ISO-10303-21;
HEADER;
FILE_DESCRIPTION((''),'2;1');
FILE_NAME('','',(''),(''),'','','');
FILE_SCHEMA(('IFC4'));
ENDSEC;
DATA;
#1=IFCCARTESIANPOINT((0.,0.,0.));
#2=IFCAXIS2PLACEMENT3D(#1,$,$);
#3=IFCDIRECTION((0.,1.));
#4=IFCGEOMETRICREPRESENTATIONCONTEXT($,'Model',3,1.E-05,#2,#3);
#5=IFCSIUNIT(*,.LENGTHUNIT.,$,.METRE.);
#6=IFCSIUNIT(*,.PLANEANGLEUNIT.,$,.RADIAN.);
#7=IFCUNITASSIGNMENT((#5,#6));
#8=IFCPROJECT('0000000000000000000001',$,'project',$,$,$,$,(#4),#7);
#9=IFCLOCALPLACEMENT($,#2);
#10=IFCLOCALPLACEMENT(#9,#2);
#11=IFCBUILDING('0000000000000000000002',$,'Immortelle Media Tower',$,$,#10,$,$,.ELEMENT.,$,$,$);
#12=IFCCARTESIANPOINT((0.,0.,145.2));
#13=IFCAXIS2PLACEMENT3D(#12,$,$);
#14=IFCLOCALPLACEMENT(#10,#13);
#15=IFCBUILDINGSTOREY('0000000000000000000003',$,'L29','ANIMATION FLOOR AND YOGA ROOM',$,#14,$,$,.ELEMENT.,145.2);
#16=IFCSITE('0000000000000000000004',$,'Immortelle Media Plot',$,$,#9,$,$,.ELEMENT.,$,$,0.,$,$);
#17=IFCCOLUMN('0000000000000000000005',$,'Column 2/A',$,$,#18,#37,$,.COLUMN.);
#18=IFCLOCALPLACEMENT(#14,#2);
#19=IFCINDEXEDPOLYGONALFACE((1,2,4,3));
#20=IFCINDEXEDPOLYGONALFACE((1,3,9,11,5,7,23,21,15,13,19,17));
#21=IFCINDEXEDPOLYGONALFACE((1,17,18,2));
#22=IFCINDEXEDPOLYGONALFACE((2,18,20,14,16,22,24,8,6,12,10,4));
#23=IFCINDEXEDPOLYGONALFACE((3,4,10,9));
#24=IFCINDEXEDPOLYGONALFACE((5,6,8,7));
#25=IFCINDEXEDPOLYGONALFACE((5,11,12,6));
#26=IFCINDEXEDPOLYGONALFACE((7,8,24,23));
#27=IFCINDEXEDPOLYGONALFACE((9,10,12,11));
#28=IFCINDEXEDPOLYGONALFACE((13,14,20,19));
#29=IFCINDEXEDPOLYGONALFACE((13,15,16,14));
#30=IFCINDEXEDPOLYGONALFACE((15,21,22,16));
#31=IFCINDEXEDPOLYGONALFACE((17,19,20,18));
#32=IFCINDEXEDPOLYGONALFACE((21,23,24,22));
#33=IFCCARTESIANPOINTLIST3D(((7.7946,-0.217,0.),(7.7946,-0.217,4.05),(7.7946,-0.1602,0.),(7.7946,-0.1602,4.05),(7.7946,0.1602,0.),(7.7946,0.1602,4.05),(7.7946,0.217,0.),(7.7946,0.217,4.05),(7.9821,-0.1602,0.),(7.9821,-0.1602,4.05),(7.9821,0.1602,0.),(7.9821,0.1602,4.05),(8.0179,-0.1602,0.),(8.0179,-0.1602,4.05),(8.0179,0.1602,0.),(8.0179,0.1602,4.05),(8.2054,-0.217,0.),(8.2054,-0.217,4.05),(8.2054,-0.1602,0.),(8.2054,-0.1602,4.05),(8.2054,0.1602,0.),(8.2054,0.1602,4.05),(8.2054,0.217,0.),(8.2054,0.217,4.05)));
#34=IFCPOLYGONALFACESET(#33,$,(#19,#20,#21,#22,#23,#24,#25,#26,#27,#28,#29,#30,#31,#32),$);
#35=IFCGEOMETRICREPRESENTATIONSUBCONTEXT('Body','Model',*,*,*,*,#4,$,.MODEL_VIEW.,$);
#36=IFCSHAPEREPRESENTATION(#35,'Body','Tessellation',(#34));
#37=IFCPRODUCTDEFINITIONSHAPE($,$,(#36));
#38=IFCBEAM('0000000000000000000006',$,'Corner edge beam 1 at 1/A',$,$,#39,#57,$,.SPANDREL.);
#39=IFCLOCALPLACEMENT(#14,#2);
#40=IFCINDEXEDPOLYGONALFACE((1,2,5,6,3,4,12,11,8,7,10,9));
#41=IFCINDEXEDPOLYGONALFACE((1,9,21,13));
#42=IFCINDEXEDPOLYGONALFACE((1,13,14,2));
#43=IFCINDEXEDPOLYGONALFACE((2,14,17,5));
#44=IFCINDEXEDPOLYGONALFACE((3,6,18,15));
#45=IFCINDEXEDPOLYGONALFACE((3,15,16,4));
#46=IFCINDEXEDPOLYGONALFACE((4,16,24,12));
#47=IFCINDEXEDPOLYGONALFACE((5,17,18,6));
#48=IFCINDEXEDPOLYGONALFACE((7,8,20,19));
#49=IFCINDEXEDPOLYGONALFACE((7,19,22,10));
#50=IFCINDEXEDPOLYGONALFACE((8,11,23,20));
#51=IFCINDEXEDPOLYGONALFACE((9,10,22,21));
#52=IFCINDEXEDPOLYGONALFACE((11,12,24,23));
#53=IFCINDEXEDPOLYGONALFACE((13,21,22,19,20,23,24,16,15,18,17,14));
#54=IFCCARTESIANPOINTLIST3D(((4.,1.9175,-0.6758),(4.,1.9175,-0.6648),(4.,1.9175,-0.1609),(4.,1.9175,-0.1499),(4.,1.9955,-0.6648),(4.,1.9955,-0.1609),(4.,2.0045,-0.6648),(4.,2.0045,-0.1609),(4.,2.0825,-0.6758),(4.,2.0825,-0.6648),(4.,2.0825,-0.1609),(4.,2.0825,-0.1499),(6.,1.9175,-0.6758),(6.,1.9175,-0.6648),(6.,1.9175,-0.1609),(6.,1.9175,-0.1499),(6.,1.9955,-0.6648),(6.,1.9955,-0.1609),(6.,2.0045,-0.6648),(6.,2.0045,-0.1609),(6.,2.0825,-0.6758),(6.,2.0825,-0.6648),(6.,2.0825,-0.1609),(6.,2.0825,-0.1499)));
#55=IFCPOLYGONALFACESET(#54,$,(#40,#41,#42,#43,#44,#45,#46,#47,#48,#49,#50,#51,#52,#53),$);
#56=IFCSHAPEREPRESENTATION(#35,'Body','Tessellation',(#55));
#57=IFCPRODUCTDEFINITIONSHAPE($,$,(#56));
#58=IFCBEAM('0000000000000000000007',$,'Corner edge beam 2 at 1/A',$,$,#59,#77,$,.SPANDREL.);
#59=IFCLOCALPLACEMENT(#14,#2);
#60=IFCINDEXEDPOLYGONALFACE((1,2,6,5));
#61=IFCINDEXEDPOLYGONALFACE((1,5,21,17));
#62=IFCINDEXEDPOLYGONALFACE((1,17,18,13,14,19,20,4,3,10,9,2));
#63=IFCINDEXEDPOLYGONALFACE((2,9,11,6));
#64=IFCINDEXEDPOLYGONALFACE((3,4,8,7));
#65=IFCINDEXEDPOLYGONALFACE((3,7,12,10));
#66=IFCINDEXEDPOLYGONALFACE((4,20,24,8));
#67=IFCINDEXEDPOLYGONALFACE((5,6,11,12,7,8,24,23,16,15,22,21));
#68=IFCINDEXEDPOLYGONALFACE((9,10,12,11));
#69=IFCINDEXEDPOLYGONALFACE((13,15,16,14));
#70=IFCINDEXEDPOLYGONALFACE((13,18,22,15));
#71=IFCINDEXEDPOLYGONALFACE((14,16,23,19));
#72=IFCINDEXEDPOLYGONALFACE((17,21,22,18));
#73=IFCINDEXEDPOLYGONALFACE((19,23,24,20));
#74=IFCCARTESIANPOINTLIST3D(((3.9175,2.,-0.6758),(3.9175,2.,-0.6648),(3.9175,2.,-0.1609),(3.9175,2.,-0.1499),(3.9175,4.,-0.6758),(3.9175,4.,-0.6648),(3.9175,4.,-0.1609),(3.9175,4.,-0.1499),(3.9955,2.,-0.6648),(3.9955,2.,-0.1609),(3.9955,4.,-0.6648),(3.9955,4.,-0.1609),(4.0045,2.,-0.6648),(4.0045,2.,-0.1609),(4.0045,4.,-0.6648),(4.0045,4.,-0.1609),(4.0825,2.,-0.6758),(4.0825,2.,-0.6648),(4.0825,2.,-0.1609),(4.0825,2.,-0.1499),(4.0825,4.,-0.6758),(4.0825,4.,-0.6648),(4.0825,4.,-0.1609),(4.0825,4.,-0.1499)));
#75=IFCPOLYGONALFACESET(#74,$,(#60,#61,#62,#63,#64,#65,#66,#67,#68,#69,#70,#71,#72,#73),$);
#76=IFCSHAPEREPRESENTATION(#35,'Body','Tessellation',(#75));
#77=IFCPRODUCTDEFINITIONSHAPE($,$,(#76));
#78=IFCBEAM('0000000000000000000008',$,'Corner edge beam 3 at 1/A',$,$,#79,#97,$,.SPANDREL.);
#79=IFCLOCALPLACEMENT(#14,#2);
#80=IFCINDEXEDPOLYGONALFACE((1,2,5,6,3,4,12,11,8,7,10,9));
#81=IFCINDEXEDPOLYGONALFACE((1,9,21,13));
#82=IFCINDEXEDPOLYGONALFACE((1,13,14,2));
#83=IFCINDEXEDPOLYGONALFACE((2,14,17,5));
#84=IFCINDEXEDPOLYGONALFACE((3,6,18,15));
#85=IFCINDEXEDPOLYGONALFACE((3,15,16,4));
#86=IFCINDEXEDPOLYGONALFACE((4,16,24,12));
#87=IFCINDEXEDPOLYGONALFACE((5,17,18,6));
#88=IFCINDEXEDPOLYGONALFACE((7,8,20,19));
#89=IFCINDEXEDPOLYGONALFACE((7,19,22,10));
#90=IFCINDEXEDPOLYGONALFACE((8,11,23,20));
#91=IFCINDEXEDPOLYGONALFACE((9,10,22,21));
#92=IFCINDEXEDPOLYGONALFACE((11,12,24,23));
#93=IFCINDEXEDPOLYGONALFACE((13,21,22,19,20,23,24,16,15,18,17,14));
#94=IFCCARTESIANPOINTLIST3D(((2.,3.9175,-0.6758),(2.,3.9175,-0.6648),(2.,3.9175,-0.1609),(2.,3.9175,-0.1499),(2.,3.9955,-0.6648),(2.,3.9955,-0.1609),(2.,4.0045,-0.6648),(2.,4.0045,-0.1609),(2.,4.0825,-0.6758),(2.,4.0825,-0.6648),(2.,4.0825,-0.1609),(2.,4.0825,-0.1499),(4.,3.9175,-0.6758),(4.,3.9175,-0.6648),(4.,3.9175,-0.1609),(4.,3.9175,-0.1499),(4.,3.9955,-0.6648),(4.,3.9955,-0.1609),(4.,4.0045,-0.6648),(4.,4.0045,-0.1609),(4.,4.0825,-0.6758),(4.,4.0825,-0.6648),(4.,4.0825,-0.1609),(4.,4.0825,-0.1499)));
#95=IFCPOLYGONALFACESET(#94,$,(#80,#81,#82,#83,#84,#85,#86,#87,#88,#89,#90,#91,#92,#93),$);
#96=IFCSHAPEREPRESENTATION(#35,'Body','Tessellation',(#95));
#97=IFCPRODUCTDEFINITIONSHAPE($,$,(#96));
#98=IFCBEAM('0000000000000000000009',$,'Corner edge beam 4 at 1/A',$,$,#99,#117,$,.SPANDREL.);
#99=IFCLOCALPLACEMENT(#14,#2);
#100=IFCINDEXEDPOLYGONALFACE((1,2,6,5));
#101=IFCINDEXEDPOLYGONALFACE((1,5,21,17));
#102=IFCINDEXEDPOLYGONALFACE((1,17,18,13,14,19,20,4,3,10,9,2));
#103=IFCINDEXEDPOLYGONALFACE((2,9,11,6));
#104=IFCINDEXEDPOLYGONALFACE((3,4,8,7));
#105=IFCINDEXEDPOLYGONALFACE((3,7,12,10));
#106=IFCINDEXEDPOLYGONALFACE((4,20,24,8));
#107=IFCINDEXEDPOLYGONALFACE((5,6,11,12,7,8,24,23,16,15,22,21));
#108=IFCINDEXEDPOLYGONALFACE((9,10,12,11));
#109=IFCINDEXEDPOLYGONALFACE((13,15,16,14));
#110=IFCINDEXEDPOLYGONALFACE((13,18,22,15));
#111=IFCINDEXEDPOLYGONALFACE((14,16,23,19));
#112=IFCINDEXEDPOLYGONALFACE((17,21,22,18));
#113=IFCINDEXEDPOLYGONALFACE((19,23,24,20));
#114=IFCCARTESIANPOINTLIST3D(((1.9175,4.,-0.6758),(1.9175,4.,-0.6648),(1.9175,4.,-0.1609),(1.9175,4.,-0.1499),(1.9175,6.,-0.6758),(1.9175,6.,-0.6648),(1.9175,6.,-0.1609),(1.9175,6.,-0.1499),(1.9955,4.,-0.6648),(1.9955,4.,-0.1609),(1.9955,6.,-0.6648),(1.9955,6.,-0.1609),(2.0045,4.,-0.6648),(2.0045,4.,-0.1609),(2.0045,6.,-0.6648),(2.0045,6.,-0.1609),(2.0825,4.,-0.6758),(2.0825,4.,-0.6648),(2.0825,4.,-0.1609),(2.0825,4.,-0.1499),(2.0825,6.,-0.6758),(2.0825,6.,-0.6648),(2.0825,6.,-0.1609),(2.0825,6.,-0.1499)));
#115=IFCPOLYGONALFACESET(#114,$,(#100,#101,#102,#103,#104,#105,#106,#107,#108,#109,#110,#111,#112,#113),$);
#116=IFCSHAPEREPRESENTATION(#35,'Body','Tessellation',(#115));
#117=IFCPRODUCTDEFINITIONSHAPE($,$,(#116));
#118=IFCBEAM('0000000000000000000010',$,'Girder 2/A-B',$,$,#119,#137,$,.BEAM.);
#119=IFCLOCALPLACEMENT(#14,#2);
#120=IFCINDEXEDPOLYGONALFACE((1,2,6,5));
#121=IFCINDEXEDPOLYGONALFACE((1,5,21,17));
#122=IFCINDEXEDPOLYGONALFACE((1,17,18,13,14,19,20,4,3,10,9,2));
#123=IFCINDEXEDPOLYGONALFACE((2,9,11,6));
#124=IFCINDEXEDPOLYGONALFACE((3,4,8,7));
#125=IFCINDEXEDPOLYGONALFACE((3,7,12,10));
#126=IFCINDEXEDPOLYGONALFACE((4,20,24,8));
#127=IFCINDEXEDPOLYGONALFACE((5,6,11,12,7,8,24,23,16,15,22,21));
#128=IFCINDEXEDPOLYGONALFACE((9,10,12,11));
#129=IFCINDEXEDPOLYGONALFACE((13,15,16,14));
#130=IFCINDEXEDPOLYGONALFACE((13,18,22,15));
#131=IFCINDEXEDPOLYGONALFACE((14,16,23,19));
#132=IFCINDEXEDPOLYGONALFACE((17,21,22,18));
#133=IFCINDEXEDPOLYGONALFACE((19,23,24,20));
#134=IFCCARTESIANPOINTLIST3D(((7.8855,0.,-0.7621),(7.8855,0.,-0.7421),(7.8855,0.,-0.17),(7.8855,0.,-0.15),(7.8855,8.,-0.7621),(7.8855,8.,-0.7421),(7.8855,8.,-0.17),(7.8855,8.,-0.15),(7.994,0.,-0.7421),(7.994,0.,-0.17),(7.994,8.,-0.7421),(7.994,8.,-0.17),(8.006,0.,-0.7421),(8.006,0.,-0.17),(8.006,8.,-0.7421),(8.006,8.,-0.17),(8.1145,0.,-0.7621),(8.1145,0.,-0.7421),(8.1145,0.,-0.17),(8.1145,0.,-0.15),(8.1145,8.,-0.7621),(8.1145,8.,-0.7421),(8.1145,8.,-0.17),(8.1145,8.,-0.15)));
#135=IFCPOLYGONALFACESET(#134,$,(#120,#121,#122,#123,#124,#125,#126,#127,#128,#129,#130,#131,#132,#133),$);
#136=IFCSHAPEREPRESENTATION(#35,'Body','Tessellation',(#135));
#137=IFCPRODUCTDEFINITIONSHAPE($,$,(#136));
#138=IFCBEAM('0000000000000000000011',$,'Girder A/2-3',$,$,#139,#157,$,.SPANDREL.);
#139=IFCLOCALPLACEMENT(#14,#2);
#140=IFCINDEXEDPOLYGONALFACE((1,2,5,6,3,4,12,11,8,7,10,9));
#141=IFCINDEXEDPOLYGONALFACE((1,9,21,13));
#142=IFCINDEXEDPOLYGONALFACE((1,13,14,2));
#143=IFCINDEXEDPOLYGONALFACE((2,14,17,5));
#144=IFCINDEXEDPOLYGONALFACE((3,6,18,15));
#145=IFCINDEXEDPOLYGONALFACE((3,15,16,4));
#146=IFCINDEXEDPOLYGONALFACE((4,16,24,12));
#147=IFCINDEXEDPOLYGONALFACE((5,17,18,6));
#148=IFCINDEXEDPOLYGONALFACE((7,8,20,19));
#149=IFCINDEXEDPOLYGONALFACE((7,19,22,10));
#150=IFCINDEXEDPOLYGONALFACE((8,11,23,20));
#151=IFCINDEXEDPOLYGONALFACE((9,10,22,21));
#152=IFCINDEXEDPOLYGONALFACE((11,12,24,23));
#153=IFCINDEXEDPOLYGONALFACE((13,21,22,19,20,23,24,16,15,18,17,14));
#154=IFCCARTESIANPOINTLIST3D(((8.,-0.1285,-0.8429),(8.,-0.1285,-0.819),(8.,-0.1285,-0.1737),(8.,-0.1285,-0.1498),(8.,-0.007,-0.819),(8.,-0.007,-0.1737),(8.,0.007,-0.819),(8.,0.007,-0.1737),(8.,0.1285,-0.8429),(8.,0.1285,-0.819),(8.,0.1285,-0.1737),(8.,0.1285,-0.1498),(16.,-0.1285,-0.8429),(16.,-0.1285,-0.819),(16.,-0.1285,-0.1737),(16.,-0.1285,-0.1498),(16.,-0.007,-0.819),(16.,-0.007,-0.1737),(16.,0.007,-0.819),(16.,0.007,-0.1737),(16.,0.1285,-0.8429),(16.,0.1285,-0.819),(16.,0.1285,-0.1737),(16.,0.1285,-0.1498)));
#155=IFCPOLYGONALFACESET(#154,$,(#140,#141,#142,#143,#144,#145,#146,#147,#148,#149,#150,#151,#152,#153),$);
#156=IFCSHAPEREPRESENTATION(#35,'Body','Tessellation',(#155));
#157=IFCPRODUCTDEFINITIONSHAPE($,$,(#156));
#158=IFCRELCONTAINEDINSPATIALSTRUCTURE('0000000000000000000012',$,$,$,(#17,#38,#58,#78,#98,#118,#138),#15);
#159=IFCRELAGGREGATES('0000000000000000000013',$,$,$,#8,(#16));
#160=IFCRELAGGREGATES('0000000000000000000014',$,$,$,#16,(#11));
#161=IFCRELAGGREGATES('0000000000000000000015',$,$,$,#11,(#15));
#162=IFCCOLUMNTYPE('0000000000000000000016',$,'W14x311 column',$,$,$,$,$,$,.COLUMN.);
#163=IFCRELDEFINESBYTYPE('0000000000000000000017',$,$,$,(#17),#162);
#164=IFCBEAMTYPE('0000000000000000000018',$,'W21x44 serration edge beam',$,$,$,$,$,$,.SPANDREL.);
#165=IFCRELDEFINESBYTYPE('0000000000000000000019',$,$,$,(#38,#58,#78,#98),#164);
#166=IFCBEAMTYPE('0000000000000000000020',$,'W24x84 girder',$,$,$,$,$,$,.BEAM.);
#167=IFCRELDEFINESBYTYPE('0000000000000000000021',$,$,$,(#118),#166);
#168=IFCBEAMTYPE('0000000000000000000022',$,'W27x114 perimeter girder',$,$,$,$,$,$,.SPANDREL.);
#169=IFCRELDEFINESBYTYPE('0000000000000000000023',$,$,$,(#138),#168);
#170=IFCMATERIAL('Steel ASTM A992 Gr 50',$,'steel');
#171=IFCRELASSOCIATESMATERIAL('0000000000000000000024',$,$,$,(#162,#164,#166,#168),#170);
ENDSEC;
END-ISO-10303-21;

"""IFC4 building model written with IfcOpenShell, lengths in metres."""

from ifc_helpers import new_model, si_unit, direction, frame, origin, origin_2d, place, context, subcontext, project, spatial, i_section, extrude, material, material_profile, profile_set, type_object, element, save


model = new_model("IFC4")

# Units and contexts
model_context = context("Model", 3, precision=1e-05, world=origin(), true_north=direction((0.0, 1.0)))
body_context = subcontext(model_context, "Body", "Model", "MODEL_VIEW")
ifc_project = project(units=[si_unit("LENGTHUNIT", "METRE"), si_unit("PLANEANGLEUNIT", "RADIAN")], contexts=[model_context])

# Site, building, storey
site_placement = place(None, origin())
site = spatial("IfcSite", under=ifc_project, at=site_placement, Name="Immortelle Media Plot", CompositionType="ELEMENT", RefElevation=0.0)
building_placement = place(site_placement, origin())
building = spatial("IfcBuilding", under=site, at=building_placement, Name="Immortelle Media Tower", CompositionType="ELEMENT")
storey_placement = place(building_placement, frame((0.0, 0.0, 145.2)))
storey = spatial("IfcBuildingStorey", under=building, at=storey_placement, Name="L29", Description="ANIMATION FLOOR AND YOGA ROOM", CompositionType="ELEMENT", Elevation=145.2)

# Column
ifc_material_1 = material(Name="Steel ASTM A992 Gr 50", Category="steel")
ifc_material_profile_1 = material_profile(ifc_material_1, i_section(OverallWidth=0.4109, OverallDepth=0.4341, WebThickness=0.0359, FlangeThickness=0.0569, at=origin_2d()), Name="W14x311")
ifc_profile_set_1 = profile_set([ifc_material_profile_1], Name="Steel ASTM A992 Gr 50")
column_type = type_object("IfcColumnType", Name="W14x311 column", PredefinedType="COLUMN", material=ifc_profile_set_1)
column_placement = place(storey_placement, frame((8.0, 0.0, 0.0), z_axis=(0.0, 0.0, 1.0), x_axis=(1.0, 0.0, 0.0)))
element("IfcColumn", 1, at=column_placement, inside=storey, type_object=column_type, Name="Column 2/A", PredefinedType="COLUMN", context=body_context, shape_type="SweptSolid", body=[
    extrude(i_section(OverallWidth=0.4109, OverallDepth=0.4341, WebThickness=0.0359, FlangeThickness=0.0569, at=origin_2d()), origin(), (0.0, 0.0, 1.0), 4.05),
])

# Beams
ifc_material_profile_2 = material_profile(ifc_material_1, i_section(OverallWidth=0.165, OverallDepth=0.5259, WebThickness=0.009, FlangeThickness=0.011, at=origin_2d()), Name="W21x44")
ifc_profile_set_2 = profile_set([ifc_material_profile_2], Name="Steel ASTM A992 Gr 50")
beam_type_1 = type_object("IfcBeamType", Name="W21x44 serration edge beam", PredefinedType="SPANDREL", material=ifc_profile_set_2)
for number, where, z_axis, x_axis, name in (
    (2, (6.0, 2.0, -0.4128), (-1.0, 0.0, 0.0), (0.0, -1.0, 0.0), "Corner edge beam 1 at 1/A"),
    (3, (4.0, 2.0, -0.4128), (0.0, 1.0, 0.0), (-1.0, 0.0, 0.0), "Corner edge beam 2 at 1/A"),
    (4, (4.0, 4.0, -0.4128), (-1.0, 0.0, 0.0), (0.0, -1.0, 0.0), "Corner edge beam 3 at 1/A"),
    (5, (2.0, 4.0, -0.4128), (0.0, 1.0, 0.0), (-1.0, 0.0, 0.0), "Corner edge beam 4 at 1/A"),
):
    element("IfcBeam", number, at=place(storey_placement, frame(where, z_axis=z_axis, x_axis=x_axis)), inside=storey, type_object=beam_type_1, Name=name, PredefinedType="SPANDREL", context=body_context, shape_type="SweptSolid", body=[
        extrude(i_section(OverallWidth=0.165, OverallDepth=0.5259, WebThickness=0.009, FlangeThickness=0.011, at=origin_2d()), origin(), (0.0, 0.0, 1.0), 2.0),
    ])
ifc_material_profile_3 = material_profile(ifc_material_1, i_section(OverallWidth=0.229, OverallDepth=0.6121, WebThickness=0.012, FlangeThickness=0.02, at=origin_2d()), Name="W24x84")
ifc_profile_set_3 = profile_set([ifc_material_profile_3], Name="Steel ASTM A992 Gr 50")
beam_type_2 = type_object("IfcBeamType", Name="W24x84 girder", PredefinedType="BEAM", material=ifc_profile_set_3)
beam_1_placement = place(storey_placement, frame((8.0, 0.0, -0.4561), z_axis=(0.0, 1.0, 0.0), x_axis=(-1.0, 0.0, 0.0)))
element("IfcBeam", 6, at=beam_1_placement, inside=storey, type_object=beam_type_2, Name="Girder 2/A-B", PredefinedType="BEAM", context=body_context, shape_type="SweptSolid", body=[
    extrude(i_section(OverallWidth=0.229, OverallDepth=0.6121, WebThickness=0.012, FlangeThickness=0.02, at=origin_2d()), origin(), (0.0, 0.0, 1.0), 8.0),
])
ifc_material_profile_4 = material_profile(ifc_material_1, i_section(OverallWidth=0.2571, OverallDepth=0.6931, WebThickness=0.0139, FlangeThickness=0.0239, at=origin_2d()), Name="W27x114")
ifc_profile_set_4 = profile_set([ifc_material_profile_4], Name="Steel ASTM A992 Gr 50")
beam_type_3 = type_object("IfcBeamType", Name="W27x114 perimeter girder", PredefinedType="SPANDREL", material=ifc_profile_set_4)
beam_2_placement = place(storey_placement, frame((8.0, 0.0, -0.4963), z_axis=(1.0, 0.0, 0.0), x_axis=(0.0, 1.0, 0.0)))
element("IfcBeam", 7, at=beam_2_placement, inside=storey, type_object=beam_type_3, Name="Girder A/2-3", PredefinedType="SPANDREL", context=body_context, shape_type="SweptSolid", body=[
    extrude(i_section(OverallWidth=0.2571, OverallDepth=0.6931, WebThickness=0.0139, FlangeThickness=0.0239, at=origin_2d()), origin(), (0.0, 0.0, 1.0), 8.0),
])

save(model, "model.ifc")
